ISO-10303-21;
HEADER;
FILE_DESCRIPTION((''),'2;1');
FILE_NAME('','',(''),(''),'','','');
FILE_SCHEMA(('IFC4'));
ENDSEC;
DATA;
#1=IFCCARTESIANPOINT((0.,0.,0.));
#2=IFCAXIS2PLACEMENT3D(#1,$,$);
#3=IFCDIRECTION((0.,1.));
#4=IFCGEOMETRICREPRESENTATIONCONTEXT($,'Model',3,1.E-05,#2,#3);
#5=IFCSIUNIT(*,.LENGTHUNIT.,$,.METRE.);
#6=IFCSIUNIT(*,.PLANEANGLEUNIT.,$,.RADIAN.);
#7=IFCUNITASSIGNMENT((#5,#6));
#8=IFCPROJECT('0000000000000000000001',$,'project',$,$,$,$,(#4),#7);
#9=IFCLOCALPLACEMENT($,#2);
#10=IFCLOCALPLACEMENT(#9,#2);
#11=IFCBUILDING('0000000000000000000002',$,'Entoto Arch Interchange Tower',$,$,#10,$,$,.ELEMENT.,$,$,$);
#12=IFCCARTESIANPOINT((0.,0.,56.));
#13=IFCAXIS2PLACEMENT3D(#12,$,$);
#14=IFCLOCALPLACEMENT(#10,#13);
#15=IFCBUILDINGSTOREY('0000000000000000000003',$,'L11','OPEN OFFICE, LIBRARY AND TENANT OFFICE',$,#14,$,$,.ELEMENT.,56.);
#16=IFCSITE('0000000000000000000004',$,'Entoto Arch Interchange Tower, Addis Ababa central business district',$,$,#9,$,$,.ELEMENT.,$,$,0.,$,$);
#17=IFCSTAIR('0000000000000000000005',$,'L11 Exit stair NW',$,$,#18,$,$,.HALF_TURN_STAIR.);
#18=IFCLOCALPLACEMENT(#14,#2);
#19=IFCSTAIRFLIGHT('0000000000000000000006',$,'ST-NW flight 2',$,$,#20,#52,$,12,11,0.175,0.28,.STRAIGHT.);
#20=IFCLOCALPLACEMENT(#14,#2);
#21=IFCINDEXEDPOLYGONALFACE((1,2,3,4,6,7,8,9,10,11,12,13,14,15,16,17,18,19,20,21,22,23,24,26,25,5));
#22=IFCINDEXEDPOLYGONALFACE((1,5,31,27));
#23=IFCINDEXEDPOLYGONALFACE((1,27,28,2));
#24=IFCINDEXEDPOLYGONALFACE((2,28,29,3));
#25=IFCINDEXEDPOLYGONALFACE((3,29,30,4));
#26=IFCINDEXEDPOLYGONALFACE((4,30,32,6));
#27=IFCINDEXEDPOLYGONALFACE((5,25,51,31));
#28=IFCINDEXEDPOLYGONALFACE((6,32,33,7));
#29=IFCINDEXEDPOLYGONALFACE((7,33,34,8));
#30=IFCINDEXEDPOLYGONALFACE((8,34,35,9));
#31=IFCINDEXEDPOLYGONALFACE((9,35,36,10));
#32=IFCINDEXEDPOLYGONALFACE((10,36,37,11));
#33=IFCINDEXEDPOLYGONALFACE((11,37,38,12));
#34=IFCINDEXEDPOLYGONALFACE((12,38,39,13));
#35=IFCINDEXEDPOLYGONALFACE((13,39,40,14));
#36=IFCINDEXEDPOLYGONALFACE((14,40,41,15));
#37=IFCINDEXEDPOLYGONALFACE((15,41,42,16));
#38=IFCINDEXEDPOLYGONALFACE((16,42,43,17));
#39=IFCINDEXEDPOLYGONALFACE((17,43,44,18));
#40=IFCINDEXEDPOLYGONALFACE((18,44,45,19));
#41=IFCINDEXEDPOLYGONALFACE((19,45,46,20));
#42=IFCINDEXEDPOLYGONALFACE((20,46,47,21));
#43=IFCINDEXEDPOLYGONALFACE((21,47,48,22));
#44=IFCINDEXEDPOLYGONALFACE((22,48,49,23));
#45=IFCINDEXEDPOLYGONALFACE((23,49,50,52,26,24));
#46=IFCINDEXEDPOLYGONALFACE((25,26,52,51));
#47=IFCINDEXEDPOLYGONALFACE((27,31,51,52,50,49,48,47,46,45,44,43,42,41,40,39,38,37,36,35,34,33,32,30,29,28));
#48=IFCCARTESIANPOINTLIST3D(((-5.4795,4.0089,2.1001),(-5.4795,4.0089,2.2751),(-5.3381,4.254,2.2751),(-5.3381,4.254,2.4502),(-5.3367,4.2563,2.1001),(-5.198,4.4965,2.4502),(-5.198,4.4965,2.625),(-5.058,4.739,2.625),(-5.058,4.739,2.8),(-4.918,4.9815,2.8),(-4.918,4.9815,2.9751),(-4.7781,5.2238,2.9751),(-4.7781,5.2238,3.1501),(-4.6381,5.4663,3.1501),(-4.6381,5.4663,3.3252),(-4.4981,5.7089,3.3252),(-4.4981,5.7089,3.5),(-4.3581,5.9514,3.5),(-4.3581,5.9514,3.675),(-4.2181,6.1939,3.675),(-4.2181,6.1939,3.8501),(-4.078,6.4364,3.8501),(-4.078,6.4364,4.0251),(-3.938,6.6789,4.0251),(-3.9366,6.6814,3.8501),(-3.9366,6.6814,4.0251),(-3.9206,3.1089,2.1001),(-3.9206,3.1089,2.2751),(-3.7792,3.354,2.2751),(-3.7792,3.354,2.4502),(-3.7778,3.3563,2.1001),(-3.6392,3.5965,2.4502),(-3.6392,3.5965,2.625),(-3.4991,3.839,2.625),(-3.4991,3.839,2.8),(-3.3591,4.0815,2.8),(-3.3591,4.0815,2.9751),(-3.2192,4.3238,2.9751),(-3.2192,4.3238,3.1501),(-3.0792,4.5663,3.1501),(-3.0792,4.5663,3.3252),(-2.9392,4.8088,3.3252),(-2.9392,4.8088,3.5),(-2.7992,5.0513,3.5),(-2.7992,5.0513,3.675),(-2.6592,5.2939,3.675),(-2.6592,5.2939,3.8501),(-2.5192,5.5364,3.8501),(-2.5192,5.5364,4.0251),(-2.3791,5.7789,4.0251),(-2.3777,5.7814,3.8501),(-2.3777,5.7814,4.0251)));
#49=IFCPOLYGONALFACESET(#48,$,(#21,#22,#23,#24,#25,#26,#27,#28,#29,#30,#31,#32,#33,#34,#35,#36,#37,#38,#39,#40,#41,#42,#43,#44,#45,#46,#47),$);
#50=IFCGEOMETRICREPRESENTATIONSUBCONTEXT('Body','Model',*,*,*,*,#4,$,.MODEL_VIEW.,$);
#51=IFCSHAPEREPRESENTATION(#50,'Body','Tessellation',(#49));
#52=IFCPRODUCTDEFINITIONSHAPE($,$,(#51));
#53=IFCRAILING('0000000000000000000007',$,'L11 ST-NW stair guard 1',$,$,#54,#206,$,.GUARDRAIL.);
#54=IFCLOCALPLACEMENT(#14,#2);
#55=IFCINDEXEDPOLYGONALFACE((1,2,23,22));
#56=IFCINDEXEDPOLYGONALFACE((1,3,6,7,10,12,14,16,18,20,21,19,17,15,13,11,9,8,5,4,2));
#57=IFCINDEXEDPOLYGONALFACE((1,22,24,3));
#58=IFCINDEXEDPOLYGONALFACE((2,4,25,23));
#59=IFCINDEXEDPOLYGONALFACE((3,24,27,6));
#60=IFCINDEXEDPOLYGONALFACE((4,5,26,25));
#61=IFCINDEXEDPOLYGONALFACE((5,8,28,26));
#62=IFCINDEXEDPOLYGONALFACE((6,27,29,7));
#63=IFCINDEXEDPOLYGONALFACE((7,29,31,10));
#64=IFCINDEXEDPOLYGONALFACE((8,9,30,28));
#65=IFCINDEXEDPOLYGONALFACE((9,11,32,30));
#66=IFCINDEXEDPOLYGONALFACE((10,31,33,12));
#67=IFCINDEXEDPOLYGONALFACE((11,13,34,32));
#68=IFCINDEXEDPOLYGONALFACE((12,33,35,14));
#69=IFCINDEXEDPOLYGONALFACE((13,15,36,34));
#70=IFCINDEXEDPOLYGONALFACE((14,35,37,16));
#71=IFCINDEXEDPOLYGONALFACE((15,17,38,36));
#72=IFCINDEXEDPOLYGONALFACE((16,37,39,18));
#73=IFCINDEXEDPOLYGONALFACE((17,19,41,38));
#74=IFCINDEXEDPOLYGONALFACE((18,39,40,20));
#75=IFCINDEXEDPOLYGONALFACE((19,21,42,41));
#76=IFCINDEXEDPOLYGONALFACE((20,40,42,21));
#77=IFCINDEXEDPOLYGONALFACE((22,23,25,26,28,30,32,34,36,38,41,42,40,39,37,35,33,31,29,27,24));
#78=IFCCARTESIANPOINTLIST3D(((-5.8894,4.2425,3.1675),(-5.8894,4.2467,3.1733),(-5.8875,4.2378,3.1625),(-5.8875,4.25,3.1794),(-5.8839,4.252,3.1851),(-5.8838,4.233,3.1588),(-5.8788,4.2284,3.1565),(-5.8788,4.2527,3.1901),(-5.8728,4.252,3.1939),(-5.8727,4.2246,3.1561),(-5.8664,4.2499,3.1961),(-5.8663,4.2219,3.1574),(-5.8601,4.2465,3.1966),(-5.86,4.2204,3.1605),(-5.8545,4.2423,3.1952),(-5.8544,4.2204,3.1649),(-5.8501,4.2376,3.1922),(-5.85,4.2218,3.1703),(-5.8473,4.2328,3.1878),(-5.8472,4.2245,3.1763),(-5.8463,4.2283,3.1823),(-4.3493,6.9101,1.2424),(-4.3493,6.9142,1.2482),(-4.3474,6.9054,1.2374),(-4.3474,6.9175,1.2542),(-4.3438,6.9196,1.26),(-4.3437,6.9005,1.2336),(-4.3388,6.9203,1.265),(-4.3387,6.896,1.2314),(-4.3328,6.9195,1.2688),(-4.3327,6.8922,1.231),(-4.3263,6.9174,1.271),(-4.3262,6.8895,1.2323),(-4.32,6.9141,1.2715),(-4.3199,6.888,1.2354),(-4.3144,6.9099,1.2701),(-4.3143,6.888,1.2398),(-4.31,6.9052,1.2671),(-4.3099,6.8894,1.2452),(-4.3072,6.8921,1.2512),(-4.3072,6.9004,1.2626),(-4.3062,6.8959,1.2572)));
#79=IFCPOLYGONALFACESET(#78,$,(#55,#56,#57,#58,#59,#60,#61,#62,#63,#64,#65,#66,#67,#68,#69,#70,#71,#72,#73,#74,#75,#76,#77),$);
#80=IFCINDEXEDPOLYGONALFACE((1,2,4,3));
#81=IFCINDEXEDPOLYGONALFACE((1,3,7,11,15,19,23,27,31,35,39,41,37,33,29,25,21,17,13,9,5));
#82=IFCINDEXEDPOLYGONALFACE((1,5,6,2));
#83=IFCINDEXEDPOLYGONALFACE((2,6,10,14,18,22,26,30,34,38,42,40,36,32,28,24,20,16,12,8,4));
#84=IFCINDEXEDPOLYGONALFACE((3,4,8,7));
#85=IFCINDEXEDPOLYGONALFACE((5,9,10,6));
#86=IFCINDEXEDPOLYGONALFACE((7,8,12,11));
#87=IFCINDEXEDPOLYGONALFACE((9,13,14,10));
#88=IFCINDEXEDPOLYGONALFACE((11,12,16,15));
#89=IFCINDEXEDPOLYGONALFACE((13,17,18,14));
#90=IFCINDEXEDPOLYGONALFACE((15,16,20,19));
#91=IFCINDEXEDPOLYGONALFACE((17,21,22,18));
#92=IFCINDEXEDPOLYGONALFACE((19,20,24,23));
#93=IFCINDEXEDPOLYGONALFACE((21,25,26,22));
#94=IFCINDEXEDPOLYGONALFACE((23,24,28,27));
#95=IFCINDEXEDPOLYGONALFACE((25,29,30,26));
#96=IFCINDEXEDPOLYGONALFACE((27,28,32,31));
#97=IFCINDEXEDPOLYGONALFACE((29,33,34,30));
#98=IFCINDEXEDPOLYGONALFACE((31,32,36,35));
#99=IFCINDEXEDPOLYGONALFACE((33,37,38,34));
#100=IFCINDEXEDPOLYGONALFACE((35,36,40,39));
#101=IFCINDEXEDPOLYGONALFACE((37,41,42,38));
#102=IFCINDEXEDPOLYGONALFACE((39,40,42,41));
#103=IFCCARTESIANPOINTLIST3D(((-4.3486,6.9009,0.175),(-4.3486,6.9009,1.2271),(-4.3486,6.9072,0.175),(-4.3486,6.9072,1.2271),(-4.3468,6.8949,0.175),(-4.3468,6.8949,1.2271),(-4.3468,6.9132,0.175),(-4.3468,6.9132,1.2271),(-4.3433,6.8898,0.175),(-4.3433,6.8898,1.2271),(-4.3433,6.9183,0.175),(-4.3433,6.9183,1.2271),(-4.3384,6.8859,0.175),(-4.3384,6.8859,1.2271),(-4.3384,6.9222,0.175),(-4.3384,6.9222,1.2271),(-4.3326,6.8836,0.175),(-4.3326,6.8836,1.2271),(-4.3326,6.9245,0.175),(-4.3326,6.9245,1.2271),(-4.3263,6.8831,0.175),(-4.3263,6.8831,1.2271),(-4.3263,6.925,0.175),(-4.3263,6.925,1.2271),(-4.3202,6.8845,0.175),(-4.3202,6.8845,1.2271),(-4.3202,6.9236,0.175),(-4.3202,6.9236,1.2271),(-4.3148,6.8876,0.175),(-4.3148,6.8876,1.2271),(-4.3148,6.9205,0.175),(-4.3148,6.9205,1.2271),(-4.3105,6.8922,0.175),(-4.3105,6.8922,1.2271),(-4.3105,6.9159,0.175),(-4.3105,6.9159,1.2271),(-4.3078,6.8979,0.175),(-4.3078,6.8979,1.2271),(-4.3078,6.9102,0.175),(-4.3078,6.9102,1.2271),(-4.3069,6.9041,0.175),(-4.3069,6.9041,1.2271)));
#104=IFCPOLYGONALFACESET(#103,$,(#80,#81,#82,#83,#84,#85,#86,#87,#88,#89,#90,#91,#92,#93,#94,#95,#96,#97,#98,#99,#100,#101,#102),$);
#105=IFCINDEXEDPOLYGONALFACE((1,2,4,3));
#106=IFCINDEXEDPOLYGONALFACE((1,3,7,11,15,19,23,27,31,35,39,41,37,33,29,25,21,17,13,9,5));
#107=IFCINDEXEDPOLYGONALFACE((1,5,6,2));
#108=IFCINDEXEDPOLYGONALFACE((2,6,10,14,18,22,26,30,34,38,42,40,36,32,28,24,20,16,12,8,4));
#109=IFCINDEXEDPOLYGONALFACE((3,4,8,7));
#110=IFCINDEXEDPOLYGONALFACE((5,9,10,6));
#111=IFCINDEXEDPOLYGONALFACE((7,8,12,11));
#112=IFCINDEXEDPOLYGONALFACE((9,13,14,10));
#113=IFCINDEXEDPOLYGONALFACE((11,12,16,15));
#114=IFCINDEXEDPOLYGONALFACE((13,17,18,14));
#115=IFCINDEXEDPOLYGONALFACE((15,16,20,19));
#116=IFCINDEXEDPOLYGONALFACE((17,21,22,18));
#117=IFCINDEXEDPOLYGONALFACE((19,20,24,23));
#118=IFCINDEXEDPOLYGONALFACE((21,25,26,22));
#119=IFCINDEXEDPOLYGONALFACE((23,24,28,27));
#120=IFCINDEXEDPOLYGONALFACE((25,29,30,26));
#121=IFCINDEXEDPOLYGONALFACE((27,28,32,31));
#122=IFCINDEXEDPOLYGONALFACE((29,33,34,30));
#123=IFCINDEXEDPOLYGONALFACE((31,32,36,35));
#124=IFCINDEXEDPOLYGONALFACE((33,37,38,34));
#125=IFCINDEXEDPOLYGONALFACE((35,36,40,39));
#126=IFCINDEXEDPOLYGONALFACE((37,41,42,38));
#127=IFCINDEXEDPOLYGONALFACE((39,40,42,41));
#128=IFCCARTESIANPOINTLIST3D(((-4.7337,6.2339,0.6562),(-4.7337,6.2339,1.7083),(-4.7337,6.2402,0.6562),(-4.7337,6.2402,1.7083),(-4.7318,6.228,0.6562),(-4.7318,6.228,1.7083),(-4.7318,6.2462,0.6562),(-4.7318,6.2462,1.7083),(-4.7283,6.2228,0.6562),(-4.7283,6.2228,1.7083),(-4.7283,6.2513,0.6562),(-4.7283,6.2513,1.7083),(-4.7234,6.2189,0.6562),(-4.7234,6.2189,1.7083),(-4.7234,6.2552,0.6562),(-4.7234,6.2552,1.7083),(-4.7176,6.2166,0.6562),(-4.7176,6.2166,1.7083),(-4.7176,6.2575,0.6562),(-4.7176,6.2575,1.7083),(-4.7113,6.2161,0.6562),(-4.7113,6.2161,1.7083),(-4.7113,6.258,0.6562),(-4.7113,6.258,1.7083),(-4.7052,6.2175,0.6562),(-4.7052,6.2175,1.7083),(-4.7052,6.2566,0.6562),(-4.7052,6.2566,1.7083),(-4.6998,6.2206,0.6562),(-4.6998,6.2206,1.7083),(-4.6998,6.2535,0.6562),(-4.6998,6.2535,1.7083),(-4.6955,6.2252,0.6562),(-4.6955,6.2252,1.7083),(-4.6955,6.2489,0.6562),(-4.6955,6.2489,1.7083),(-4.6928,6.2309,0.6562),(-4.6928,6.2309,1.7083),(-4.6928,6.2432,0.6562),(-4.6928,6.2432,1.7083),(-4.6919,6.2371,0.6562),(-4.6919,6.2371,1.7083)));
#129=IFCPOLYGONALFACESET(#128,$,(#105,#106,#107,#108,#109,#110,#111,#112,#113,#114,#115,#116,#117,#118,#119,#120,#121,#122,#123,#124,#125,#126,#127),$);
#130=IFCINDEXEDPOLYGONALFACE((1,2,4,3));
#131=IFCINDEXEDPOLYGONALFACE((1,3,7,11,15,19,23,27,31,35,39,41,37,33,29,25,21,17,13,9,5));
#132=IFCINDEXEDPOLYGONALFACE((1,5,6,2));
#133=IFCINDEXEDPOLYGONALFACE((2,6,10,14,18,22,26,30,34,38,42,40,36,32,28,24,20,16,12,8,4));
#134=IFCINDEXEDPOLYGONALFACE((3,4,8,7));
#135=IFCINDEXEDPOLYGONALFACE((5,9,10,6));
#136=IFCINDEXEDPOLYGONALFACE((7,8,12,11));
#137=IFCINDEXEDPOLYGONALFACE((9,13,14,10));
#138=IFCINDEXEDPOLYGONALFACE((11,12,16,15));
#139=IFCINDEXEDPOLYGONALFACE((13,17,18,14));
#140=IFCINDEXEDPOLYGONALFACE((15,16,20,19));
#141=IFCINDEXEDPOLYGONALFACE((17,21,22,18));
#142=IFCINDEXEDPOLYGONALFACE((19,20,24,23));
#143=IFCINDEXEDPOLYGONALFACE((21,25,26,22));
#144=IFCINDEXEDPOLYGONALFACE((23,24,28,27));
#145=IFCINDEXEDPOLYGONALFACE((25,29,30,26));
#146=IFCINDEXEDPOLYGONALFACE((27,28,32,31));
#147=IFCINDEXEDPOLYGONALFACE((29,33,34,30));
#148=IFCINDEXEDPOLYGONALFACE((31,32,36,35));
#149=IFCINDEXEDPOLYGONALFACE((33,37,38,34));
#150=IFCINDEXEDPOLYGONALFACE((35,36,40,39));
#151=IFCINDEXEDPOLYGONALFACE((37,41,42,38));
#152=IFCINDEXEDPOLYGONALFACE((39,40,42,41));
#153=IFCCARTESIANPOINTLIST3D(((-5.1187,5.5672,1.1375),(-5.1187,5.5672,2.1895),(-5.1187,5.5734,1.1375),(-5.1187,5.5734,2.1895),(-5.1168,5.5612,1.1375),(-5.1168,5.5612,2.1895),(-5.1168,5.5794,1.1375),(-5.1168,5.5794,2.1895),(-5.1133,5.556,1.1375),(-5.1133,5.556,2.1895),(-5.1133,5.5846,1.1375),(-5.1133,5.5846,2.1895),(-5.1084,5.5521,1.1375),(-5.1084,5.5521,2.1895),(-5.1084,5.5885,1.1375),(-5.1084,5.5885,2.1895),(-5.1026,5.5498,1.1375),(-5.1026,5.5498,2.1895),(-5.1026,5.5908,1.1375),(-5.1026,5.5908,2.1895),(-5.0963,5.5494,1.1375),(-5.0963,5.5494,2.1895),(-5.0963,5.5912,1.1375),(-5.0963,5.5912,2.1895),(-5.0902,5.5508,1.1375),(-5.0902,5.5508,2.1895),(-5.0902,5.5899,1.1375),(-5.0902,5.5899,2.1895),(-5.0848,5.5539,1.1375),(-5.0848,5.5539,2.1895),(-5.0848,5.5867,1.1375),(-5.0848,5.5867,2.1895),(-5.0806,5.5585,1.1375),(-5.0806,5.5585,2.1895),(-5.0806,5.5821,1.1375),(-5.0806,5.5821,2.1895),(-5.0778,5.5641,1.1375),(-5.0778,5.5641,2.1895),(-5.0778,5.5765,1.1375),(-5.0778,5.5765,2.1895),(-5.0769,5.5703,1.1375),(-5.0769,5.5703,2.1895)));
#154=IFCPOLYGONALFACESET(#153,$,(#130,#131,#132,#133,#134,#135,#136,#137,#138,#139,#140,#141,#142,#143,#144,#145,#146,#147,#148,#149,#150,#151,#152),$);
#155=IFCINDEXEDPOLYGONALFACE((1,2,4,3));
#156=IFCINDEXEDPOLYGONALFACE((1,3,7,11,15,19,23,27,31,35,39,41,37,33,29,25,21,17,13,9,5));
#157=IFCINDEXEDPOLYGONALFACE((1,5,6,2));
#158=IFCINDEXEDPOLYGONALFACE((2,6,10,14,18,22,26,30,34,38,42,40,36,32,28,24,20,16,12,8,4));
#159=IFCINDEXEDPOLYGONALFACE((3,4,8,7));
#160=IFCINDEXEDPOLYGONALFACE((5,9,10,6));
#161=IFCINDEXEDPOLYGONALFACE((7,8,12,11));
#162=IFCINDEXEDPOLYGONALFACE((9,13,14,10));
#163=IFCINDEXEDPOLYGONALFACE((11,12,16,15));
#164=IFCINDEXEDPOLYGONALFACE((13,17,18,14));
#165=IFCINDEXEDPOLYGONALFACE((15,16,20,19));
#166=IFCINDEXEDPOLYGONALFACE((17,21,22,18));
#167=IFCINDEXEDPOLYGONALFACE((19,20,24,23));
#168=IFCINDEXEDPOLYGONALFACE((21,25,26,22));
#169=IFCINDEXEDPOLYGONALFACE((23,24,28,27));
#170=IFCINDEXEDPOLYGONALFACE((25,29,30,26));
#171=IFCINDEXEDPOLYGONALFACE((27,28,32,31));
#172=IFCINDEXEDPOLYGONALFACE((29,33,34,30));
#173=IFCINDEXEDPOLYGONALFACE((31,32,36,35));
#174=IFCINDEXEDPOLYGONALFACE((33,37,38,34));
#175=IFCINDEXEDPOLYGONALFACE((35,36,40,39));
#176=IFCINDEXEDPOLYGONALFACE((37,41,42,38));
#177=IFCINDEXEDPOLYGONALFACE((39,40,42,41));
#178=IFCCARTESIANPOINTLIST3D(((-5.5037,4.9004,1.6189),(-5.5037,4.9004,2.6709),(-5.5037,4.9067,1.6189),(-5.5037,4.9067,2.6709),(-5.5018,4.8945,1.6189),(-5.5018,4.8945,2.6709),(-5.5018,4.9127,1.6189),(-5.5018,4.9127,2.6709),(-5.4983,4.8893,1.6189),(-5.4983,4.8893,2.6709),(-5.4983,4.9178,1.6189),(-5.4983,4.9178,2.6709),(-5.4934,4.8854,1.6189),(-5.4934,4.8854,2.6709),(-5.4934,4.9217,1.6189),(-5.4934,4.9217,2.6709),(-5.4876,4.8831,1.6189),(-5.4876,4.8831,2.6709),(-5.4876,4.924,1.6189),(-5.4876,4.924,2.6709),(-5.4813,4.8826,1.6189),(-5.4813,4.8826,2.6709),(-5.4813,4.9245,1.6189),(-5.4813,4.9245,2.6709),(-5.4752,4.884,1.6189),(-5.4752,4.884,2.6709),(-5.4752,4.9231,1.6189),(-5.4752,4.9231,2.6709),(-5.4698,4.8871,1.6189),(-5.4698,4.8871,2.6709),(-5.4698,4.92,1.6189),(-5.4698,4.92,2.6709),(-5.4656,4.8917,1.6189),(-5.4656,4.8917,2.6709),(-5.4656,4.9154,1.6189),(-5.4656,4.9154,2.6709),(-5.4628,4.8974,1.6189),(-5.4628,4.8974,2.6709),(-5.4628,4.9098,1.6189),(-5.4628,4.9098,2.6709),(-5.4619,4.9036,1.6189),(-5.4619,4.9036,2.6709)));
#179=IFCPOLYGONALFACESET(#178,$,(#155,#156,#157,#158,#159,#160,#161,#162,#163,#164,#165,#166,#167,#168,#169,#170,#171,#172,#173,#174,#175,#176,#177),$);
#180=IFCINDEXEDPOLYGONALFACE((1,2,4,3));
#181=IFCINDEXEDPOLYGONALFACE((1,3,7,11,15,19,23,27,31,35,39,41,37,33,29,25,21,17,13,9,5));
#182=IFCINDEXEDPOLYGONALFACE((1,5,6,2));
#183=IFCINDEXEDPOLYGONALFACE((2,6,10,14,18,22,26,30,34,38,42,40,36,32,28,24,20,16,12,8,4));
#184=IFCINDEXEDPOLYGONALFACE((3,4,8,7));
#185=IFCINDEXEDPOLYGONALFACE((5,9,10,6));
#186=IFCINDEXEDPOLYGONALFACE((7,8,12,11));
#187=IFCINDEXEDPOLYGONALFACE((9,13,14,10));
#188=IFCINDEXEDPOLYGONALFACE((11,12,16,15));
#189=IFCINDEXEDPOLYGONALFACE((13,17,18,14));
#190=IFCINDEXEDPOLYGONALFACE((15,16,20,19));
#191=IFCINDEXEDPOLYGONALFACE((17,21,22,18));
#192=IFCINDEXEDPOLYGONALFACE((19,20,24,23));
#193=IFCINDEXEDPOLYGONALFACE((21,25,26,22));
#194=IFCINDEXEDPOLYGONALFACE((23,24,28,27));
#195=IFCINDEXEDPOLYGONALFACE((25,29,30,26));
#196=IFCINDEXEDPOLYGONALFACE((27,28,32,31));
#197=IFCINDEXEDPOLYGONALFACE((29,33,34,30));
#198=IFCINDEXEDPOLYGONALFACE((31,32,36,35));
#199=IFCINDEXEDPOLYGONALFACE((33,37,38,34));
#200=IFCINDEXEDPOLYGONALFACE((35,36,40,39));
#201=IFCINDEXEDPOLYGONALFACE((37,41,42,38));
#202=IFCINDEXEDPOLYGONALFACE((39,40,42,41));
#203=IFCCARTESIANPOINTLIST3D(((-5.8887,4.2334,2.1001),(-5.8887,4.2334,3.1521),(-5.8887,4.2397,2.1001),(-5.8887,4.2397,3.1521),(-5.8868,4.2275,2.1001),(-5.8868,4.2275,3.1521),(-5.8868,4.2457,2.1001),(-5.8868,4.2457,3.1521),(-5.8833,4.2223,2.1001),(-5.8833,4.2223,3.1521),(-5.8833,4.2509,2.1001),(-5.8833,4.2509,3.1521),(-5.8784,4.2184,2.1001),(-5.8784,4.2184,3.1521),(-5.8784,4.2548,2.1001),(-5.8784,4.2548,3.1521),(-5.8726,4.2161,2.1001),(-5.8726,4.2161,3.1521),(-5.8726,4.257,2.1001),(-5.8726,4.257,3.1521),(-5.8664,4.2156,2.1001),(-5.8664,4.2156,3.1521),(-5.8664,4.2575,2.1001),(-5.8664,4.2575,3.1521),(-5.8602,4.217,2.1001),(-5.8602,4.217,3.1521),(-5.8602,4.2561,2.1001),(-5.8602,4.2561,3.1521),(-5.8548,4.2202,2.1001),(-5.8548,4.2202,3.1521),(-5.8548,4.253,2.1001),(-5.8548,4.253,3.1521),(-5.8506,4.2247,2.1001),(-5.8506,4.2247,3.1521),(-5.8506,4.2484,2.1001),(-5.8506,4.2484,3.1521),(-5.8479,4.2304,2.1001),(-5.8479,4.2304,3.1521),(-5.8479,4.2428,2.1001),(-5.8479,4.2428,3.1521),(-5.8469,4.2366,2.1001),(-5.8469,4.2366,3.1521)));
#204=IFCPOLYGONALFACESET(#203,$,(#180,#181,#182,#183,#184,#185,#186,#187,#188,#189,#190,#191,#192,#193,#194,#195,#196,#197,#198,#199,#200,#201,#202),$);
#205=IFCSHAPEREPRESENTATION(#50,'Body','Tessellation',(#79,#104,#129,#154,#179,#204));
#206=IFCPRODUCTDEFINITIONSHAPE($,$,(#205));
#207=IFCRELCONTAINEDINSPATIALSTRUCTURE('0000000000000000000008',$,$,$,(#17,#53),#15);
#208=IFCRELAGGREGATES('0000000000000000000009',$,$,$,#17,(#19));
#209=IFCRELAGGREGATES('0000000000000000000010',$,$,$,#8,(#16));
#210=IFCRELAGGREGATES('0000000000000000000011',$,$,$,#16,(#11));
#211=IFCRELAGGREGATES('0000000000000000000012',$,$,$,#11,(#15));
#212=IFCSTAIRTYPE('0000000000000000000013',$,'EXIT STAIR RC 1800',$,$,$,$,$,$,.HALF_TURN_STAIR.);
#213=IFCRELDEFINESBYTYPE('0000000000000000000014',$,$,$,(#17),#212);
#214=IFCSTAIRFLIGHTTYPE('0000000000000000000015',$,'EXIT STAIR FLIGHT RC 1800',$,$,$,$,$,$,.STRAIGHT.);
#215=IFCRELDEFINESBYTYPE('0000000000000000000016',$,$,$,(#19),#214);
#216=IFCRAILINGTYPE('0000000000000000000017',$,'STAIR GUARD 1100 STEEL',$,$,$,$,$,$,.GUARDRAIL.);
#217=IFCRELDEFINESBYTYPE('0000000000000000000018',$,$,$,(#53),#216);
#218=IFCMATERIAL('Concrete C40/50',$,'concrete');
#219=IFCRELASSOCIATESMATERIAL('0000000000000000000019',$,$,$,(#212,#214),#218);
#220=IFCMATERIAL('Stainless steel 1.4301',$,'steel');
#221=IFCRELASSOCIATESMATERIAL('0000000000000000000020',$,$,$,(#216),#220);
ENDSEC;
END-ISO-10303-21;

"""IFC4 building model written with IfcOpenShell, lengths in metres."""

from ifc_helpers import new_model, si_unit, direction, frame, origin, origin_2d, place, context, subcontext, project, spatial, polyline, circle, outline, extrude, material, type_object, element, aggregate, save


model = new_model("IFC4")

# Units and contexts
model_context = context("Model", 3, precision=1e-05, world=origin(), true_north=direction((0.0, 1.0)))
body_context = subcontext(model_context, "Body", "Model", "MODEL_VIEW")
ifc_project = project(units=[si_unit("LENGTHUNIT", "METRE"), si_unit("PLANEANGLEUNIT", "RADIAN")], contexts=[model_context])

# Site, building, storey
site_placement = place(None, origin())
site = spatial("IfcSite", under=ifc_project, at=site_placement, Name="Entoto Arch Interchange Tower, Addis Ababa central business district", CompositionType="ELEMENT", RefElevation=0.0)
building_placement = place(site_placement, origin())
building = spatial("IfcBuilding", under=site, at=building_placement, Name="Entoto Arch Interchange Tower", CompositionType="ELEMENT")
storey_placement = place(building_placement, frame((0.0, 0.0, 56.0)))
storey = spatial("IfcBuildingStorey", under=building, at=storey_placement, Name="L11", Description="OPEN OFFICE, LIBRARY AND TENANT OFFICE", CompositionType="ELEMENT", Elevation=56.0)

# Shared definitions
ifc_material_1 = material(Name="Concrete C40/50", Category="concrete")

# Stair, stair flight
stair_type = type_object("IfcStairType", Name="EXIT STAIR RC 1800", PredefinedType="HALF_TURN_STAIR", material=ifc_material_1)
stair_placement = place(storey_placement, origin())
stair = element("IfcStair", 1, at=stair_placement, inside=storey, type_object=stair_type, Name="L11 Exit stair NW", PredefinedType="HALF_TURN_STAIR")
stair_flight_type = type_object("IfcStairFlightType", Name="EXIT STAIR FLIGHT RC 1800", PredefinedType="STRAIGHT", material=ifc_material_1)
stair_flight_placement = place(storey_placement, frame((-4.6987, 3.5615, 2.1001), z_axis=(0.0, 0.0, 1.0), x_axis=(0.5, 0.866025, 0.0)))
stair_flight = element("IfcStairFlight", 2, at=stair_flight_placement, type_object=stair_flight_type, Name="ST-NW flight 2", NumberOfRisers=12, NumberOfTreads=11, PredefinedType="STRAIGHT", RiserHeight=0.175, TreadLength=0.28, context=body_context, shape_type="SweptSolid", body=[
    extrude(outline(polyline([(-0.0029, 0.0), (-0.0029, 0.175), (0.28, 0.175), (0.28, 0.3501), (0.5601, 0.3501), (0.5601, 0.5249), (0.8401, 0.5249), (0.8401, 0.7), (1.1201, 0.7), (1.1201, 0.875), (1.3999, 0.875), (1.3999, 1.05), (1.6799, 1.05), (1.6799, 1.2251), (1.96, 1.2251), (1.96, 1.3999), (2.24, 1.3999), (2.24, 1.575), (2.52, 1.575), (2.52, 1.75), (2.8, 1.75), (2.8, 1.925), (3.0801, 1.925), (3.083, 1.925), (3.083, 1.75), (0.2827, 0.0), (-0.0029, 0.0)])), frame((0.0, 0.8999, 0.0), z_axis=(0.0, -1.0, 0.0), x_axis=(1.0, 0.0, 0.0)), (0.0, 0.0, 1.0), 1.8),
])
aggregate(stair, [stair_flight])

# Railing
ifc_material_2 = material(Name="Stainless steel 1.4301", Category="steel")
railing_type_1 = type_object("IfcRailingType", Name="STAIR GUARD 1100 STEEL", PredefinedType="GUARDRAIL", material=ifc_material_2)
railing_1_placement = place(storey_placement, frame((-4.3279, 6.9041, 0.175)))
element("IfcRailing", 3, at=railing_1_placement, inside=storey, type_object=railing_type_1, Name="L11 ST-NW stair guard 1", PredefinedType="GUARDRAIL", context=body_context, shape_type="SweptSolid", body=[
    extrude(circle(Radius=0.0239, at=origin_2d()), frame((0.0, 0.0, 1.0762), z_axis=(-0.423994, -0.734395, 0.529993), x_axis=(0.86603, -0.499992, 0.0)), (0.0, 0.0, 1.0), 3.6323),
    extrude(circle(Radius=0.021, at=origin_2d()), origin(), (0.0, 0.0, 1.0), 1.052),
    extrude(circle(Radius=0.021, at=origin_2d()), frame((-0.385, -0.667, 0.4812)), (0.0, 0.0, 1.0), 1.052),
    extrude(circle(Radius=0.021, at=origin_2d()), frame((-0.77, -1.3337, 0.9624)), (0.0, 0.0, 1.0), 1.052),
    extrude(circle(Radius=0.021, at=origin_2d()), frame((-1.155, -2.0005, 1.4438)), (0.0, 0.0, 1.0), 1.052),
    extrude(circle(Radius=0.021, at=origin_2d()), frame((-1.54, -2.6675, 1.925)), (0.0, 0.0, 1.0), 1.052),
])

save(model, "model.ifc")
